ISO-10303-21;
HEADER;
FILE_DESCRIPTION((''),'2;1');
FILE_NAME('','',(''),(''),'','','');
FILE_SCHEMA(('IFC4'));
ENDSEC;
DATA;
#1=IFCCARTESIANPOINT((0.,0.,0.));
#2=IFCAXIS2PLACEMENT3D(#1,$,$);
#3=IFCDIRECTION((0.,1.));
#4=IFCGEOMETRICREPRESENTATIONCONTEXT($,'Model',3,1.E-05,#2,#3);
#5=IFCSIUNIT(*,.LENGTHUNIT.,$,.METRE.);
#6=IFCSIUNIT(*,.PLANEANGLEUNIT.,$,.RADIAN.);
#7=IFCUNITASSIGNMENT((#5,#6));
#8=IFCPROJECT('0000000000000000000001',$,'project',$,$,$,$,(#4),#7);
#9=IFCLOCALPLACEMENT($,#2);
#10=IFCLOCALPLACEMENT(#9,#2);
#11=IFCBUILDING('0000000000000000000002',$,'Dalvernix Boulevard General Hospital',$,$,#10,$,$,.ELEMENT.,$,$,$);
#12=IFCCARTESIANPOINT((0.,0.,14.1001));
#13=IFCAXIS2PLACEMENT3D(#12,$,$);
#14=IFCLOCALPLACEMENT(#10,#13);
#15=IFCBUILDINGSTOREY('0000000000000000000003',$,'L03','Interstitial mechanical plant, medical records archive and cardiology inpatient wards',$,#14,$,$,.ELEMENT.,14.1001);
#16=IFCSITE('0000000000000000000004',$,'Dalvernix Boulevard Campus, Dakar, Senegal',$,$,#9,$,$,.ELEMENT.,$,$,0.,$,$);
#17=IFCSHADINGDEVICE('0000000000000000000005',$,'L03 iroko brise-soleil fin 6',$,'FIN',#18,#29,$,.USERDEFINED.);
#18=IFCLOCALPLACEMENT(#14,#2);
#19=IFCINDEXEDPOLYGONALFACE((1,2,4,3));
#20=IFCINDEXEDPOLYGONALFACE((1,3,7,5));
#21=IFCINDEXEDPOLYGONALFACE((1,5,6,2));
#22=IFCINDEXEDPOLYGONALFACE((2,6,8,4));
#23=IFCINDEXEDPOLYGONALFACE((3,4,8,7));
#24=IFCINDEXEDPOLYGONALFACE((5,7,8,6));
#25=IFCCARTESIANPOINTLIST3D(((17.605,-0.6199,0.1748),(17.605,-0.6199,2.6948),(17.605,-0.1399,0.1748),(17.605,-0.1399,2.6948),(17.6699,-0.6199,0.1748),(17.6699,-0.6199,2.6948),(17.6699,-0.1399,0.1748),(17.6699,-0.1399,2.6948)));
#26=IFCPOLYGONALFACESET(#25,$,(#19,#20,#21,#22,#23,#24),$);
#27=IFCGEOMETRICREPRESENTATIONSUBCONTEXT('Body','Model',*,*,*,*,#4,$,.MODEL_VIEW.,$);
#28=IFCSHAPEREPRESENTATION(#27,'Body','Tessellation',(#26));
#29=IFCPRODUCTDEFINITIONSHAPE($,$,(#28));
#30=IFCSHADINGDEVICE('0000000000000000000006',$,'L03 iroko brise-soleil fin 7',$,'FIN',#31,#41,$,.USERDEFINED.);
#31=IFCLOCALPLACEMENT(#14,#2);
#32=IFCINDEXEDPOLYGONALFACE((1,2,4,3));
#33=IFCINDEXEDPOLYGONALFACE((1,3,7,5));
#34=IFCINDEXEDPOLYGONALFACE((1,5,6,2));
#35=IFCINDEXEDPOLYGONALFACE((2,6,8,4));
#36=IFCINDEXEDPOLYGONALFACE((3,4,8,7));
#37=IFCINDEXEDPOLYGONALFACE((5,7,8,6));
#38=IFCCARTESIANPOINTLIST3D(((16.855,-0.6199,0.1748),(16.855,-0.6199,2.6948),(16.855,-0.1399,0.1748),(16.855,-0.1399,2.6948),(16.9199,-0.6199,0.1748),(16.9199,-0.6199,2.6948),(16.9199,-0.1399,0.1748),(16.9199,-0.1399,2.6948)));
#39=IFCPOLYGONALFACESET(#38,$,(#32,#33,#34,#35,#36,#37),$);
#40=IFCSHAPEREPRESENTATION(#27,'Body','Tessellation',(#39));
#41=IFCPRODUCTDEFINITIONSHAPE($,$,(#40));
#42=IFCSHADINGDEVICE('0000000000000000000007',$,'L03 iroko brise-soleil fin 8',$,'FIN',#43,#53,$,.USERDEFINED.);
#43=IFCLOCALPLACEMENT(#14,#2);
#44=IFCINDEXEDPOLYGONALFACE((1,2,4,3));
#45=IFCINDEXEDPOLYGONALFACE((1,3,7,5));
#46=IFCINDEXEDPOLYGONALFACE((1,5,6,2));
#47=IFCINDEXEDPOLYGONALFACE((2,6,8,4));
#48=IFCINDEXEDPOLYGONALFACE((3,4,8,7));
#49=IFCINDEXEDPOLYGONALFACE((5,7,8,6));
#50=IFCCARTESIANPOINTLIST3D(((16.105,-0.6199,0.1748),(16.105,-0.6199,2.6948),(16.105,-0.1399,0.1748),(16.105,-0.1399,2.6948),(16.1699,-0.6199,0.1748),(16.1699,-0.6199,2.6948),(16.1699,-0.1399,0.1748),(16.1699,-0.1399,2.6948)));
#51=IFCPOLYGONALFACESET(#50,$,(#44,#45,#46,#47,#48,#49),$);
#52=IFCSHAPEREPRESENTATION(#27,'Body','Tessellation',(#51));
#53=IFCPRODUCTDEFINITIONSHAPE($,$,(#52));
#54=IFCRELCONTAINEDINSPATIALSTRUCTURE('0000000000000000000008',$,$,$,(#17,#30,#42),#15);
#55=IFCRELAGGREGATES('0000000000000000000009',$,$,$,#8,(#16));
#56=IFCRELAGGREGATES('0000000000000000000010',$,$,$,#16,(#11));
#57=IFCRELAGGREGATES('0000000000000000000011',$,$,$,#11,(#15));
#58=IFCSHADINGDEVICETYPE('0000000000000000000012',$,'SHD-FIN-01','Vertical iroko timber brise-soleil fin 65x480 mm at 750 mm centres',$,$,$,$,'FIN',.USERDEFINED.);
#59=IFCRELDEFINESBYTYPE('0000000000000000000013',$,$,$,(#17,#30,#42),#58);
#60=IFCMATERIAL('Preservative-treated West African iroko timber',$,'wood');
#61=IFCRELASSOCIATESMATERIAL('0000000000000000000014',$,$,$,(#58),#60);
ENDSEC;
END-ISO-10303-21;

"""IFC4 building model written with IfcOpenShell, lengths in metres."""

from ifc_helpers import new_model, si_unit, direction, frame, origin, origin_2d, place, context, subcontext, project, spatial, rectangle, extrude, material, type_object, element, save


model = new_model("IFC4")

# Units and contexts
model_context = context("Model", 3, precision=1e-05, world=origin(), true_north=direction((0.0, 1.0)))
body_context = subcontext(model_context, "Body", "Model", "MODEL_VIEW")
ifc_project = project(units=[si_unit("LENGTHUNIT", "METRE"), si_unit("PLANEANGLEUNIT", "RADIAN")], contexts=[model_context])

# Site, building, storey
site_placement = place(None, origin())
site = spatial("IfcSite", under=ifc_project, at=site_placement, Name="Dalvernix Boulevard Campus, Dakar, Senegal", CompositionType="ELEMENT", RefElevation=0.0)
building_placement = place(site_placement, origin())
building = spatial("IfcBuilding", under=site, at=building_placement, Name="Dalvernix Boulevard General Hospital", CompositionType="ELEMENT")
storey_placement = place(building_placement, frame((0.0, 0.0, 14.1001)))
storey = spatial("IfcBuildingStorey", under=building, at=storey_placement, Name="L03", Description="Interstitial mechanical plant, medical records archive and cardiology inpatient wards", CompositionType="ELEMENT", Elevation=14.1001)

# Shading devices
ifc_material_1 = material(Name="Preservative-treated West African iroko timber", Category="wood")
shading_device_type = type_object("IfcShadingDeviceType", Name="SHD-FIN-01", Description="Vertical iroko timber brise-soleil fin 65x480 mm at 750 mm centres", ElementType="FIN", PredefinedType="USERDEFINED", material=ifc_material_1)
for number, where, z_axis, x_axis, name in (
    (1, (17.6375, -0.3799, 0.1748), (0.0, 0.0, 1.0), (-1.0, 0.0, 0.0), "L03 iroko brise-soleil fin 6"),
    (2, (16.8875, -0.3799, 0.1748), (0.0, 0.0, 1.0), (-1.0, 0.0, 0.0), "L03 iroko brise-soleil fin 7"),
    (3, (16.1375, -0.3799, 0.1748), (0.0, 0.0, 1.0), (-1.0, 0.0, 0.0), "L03 iroko brise-soleil fin 8"),
):
    element("IfcShadingDevice", number, at=place(storey_placement, frame(where, z_axis=z_axis, x_axis=x_axis)), inside=storey, type_object=shading_device_type, Name=name, ObjectType="FIN", PredefinedType="USERDEFINED", context=body_context, shape_type="SweptSolid", body=[
        extrude(rectangle(XDim=0.0649, YDim=0.48, at=origin_2d()), origin(), (0.0, 0.0, 1.0), 2.52),
    ])

save(model, "model.ifc")
